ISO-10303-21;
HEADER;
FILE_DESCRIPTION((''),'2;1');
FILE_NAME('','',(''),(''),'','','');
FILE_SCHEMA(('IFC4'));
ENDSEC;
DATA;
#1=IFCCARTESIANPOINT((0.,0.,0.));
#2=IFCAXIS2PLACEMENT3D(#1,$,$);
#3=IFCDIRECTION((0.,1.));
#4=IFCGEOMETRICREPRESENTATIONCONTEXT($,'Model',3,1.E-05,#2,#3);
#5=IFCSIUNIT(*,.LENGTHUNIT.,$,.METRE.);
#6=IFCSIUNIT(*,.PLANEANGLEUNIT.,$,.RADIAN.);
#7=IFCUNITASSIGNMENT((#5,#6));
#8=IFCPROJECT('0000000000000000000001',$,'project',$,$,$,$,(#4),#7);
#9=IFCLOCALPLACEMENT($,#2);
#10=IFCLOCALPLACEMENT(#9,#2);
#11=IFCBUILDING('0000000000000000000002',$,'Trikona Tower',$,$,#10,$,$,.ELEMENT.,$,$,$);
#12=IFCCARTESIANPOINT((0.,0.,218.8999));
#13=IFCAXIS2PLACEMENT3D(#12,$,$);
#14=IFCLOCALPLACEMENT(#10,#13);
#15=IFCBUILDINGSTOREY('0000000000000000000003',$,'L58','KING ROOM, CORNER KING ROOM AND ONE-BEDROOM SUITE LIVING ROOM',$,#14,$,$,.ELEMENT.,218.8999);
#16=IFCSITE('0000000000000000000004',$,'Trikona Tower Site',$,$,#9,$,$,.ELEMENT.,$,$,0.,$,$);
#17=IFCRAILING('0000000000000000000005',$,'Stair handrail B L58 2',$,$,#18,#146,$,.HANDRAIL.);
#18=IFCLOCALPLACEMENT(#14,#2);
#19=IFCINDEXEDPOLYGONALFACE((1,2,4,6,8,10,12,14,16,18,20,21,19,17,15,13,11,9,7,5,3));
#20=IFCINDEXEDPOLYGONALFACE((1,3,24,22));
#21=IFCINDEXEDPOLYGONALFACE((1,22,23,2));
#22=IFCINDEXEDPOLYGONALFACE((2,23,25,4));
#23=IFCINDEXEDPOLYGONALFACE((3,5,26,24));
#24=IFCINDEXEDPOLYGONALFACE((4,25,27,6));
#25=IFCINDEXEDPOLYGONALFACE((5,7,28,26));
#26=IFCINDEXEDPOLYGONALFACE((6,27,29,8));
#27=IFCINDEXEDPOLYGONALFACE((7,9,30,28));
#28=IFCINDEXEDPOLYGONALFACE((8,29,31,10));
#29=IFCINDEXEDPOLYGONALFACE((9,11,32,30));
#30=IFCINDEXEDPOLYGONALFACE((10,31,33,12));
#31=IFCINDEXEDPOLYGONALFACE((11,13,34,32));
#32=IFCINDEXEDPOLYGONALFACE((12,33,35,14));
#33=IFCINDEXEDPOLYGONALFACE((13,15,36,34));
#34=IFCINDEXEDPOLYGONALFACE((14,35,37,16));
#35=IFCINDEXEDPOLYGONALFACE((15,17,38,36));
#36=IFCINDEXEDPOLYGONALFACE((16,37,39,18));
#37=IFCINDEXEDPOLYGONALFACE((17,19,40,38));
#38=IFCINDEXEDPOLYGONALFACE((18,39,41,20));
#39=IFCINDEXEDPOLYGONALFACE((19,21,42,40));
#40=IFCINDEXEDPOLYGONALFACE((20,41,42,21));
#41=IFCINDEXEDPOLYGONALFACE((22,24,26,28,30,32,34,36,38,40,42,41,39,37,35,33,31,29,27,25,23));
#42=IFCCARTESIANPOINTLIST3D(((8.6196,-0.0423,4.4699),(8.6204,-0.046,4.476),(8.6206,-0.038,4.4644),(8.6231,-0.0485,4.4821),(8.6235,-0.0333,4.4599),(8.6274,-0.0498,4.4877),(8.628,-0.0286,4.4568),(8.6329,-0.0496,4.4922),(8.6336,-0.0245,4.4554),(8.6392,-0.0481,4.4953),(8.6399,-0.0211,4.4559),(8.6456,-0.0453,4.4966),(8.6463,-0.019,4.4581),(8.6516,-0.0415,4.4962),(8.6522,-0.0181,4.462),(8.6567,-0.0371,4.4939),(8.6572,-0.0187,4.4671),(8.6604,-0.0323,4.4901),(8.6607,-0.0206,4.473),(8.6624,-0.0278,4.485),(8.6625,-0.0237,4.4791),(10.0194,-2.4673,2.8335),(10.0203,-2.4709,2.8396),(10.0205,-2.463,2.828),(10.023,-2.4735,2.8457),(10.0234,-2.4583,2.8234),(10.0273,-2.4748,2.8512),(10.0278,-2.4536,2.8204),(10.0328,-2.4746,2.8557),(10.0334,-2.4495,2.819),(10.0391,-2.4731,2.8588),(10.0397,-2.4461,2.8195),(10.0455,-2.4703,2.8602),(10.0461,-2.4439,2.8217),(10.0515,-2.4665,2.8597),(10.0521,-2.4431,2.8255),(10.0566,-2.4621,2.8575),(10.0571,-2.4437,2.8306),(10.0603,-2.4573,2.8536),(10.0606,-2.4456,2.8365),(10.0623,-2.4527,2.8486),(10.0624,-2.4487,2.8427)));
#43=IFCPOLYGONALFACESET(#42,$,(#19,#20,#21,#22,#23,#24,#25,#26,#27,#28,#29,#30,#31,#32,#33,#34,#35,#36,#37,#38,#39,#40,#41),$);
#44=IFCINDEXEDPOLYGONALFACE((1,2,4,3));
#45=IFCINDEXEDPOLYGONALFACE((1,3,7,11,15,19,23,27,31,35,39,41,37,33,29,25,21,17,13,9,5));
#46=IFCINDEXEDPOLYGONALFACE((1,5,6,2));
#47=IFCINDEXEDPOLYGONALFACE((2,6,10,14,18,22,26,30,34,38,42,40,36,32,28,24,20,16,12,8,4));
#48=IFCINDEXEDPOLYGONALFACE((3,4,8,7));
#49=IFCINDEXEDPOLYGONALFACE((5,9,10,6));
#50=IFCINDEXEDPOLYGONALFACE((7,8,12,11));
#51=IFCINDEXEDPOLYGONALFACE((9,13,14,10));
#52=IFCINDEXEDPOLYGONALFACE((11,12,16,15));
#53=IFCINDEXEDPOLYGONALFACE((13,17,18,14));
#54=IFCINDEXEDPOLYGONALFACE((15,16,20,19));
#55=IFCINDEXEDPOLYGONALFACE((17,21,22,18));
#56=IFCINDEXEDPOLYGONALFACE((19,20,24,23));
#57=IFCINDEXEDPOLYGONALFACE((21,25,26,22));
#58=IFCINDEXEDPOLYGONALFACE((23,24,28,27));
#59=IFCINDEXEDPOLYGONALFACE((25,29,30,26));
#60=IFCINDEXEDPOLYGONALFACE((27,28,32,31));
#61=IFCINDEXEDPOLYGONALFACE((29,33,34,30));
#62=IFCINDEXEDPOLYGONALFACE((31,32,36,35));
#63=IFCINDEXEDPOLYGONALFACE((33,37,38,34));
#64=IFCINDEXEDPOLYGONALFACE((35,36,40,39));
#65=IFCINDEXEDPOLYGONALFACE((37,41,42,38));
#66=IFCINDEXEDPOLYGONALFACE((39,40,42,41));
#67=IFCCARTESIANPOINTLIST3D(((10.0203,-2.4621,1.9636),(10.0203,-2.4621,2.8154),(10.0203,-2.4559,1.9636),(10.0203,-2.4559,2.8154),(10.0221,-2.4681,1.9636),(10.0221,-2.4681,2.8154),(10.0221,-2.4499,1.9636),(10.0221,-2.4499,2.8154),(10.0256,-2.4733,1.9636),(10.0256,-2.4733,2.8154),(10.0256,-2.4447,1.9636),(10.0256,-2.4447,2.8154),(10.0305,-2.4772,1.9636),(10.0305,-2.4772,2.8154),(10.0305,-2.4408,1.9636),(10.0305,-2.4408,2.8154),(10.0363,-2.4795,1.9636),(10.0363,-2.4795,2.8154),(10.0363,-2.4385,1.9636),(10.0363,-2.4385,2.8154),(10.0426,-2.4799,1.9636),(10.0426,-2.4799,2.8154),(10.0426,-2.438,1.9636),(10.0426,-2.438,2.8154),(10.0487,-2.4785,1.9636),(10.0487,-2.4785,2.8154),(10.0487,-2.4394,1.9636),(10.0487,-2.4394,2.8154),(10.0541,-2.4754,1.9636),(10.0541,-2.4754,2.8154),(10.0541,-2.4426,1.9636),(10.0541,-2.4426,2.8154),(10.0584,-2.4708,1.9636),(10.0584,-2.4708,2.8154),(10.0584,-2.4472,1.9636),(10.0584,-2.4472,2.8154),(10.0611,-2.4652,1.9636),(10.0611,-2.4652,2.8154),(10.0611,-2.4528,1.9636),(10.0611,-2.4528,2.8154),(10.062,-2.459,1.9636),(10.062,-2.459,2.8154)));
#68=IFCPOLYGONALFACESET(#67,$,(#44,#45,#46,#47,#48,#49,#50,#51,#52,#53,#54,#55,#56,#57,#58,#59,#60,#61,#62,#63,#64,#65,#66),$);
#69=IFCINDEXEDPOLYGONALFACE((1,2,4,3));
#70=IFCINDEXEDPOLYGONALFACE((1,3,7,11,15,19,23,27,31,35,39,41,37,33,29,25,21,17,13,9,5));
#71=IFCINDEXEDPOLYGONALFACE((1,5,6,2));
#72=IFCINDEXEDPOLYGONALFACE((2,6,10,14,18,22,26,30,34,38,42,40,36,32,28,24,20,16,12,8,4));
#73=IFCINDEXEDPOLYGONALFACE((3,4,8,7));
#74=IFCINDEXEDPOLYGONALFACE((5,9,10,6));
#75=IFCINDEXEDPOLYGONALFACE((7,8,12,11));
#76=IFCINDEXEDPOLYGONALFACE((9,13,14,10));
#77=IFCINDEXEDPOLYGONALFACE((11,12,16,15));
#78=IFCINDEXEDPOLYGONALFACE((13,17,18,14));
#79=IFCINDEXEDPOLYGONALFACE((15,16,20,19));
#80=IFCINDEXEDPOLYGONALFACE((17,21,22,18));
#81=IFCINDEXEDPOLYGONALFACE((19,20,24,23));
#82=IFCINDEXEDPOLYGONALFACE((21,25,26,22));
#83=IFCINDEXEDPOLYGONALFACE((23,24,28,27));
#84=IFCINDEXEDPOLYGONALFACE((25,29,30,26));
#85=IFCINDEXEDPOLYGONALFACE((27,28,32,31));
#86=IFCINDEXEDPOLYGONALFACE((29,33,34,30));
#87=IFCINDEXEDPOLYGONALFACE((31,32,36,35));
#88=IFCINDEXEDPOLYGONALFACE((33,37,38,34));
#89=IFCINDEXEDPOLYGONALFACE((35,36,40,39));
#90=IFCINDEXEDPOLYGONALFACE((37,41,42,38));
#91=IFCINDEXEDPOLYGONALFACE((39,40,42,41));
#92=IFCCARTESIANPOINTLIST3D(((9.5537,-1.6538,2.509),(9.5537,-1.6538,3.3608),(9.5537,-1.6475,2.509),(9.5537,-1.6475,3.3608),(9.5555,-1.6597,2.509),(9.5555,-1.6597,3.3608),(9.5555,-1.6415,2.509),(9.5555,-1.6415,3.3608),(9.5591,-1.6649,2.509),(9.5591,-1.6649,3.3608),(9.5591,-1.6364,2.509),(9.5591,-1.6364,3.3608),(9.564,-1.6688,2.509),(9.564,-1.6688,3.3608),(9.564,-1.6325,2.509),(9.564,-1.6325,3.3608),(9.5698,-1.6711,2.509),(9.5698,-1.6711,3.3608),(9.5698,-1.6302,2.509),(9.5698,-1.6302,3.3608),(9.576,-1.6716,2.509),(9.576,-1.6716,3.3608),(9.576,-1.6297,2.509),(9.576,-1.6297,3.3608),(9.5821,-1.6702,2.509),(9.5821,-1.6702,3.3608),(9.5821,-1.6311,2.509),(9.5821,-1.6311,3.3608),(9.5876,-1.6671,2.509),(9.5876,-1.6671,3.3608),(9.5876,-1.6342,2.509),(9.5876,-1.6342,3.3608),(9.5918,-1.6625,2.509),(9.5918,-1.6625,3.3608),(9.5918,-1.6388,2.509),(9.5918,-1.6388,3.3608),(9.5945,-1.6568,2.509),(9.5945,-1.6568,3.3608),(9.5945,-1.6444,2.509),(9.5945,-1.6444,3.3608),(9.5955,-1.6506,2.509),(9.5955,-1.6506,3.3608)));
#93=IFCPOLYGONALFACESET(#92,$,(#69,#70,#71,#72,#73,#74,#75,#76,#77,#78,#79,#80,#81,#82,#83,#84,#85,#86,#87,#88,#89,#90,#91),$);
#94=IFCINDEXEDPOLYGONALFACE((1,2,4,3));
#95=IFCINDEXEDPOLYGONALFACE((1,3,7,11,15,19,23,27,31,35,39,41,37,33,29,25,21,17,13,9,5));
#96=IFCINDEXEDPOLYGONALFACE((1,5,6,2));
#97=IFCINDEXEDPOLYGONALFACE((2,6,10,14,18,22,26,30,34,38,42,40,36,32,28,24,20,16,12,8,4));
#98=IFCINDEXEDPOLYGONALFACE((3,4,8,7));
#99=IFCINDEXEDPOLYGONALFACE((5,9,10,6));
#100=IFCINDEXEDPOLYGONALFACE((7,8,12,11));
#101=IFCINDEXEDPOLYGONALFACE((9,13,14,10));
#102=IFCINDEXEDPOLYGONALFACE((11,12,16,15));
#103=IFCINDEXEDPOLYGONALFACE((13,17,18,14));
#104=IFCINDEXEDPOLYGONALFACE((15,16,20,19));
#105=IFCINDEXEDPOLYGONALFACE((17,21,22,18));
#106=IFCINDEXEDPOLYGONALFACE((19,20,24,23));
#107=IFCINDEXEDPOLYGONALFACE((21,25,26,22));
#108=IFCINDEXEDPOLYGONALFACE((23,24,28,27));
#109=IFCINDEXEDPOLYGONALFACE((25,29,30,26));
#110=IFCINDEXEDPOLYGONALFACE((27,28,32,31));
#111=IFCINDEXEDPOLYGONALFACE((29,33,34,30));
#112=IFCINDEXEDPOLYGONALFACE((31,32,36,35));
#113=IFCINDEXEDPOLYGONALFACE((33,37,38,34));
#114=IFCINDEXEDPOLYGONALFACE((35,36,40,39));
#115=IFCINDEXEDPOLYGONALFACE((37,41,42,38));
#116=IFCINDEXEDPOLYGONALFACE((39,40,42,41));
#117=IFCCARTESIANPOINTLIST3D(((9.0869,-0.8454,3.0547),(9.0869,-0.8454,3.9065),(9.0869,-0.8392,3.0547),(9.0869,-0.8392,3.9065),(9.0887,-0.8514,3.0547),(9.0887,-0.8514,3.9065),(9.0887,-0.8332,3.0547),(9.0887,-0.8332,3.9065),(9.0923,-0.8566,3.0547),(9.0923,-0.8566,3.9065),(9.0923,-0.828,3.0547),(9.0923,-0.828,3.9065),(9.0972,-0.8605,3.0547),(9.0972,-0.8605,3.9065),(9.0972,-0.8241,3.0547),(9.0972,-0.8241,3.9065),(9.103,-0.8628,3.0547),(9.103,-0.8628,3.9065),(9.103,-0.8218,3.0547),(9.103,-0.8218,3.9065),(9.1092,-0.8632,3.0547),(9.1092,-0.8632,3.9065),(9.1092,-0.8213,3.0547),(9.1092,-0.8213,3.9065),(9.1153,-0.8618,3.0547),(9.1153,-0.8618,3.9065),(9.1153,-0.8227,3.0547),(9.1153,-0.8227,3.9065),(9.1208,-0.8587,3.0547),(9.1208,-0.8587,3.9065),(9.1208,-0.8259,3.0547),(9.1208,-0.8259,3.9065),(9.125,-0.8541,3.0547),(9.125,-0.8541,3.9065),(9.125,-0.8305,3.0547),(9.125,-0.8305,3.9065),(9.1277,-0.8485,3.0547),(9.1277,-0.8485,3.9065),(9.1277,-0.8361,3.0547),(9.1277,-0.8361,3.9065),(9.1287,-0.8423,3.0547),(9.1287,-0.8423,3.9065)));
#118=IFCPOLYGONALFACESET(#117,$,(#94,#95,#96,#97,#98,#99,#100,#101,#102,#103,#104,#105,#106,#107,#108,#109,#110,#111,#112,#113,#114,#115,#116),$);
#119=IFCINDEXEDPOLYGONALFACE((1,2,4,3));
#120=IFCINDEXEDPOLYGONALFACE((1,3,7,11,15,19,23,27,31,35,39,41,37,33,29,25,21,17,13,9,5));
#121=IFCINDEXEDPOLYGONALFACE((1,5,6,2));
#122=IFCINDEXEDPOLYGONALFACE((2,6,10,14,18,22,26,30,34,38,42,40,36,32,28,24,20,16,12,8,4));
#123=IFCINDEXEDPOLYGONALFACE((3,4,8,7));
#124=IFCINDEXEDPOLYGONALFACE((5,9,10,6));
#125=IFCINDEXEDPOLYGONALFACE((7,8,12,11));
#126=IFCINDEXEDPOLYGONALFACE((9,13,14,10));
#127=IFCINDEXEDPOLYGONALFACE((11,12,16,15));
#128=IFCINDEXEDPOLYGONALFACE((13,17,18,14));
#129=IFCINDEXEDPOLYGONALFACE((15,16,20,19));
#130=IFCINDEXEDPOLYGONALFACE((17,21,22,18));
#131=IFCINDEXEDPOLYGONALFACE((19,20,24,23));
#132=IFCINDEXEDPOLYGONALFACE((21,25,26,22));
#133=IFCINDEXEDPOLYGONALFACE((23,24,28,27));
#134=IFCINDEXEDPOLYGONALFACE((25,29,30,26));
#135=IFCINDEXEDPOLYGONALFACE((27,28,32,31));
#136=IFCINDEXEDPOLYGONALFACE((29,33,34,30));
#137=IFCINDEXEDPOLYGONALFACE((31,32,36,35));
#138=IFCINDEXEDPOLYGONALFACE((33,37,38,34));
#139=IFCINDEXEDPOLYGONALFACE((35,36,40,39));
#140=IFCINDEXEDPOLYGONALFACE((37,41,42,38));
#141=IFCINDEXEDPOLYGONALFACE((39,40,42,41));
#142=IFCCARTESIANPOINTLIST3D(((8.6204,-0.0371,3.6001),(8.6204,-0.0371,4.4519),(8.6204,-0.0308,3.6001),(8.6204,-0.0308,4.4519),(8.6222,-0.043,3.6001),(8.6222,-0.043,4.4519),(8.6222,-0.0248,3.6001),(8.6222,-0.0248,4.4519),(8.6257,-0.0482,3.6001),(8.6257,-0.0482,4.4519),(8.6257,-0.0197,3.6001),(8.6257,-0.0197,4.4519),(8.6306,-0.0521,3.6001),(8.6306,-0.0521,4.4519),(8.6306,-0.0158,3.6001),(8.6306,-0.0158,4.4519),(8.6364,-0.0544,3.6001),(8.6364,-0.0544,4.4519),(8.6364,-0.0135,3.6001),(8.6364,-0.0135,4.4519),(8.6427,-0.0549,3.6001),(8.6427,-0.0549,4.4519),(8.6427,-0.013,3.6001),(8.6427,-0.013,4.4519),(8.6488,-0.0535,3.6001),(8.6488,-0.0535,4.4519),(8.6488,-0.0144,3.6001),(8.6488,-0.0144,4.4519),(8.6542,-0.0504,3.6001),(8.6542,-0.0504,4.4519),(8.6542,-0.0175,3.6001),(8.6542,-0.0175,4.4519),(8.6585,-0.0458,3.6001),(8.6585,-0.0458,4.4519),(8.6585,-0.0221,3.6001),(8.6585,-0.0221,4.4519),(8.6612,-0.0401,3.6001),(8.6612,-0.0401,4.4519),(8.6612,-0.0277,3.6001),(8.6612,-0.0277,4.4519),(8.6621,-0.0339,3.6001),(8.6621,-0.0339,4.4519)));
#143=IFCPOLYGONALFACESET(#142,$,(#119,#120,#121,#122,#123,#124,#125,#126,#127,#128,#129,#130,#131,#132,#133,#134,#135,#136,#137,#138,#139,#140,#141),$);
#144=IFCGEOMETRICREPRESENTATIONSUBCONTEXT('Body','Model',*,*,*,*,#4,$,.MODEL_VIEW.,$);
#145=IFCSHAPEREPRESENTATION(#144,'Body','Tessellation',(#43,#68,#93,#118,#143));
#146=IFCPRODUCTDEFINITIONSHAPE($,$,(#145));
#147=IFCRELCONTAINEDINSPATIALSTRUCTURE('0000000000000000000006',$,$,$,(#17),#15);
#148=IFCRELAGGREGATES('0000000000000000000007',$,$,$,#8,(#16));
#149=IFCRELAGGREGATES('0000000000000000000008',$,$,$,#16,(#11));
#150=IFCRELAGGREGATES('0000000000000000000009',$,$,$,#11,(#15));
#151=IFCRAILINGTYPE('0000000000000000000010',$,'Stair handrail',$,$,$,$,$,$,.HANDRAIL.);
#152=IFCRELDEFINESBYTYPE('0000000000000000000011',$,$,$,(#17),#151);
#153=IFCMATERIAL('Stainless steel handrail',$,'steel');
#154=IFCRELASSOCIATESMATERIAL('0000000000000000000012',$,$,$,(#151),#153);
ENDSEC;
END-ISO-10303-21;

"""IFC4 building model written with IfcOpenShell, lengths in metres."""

from ifc_helpers import new_model, si_unit, direction, frame, origin, origin_2d, place, context, subcontext, project, spatial, circle, extrude, material, type_object, element, save


model = new_model("IFC4")

# Units and contexts
model_context = context("Model", 3, precision=1e-05, world=origin(), true_north=direction((0.0, 1.0)))
body_context = subcontext(model_context, "Body", "Model", "MODEL_VIEW")
ifc_project = project(units=[si_unit("LENGTHUNIT", "METRE"), si_unit("PLANEANGLEUNIT", "RADIAN")], contexts=[model_context])

# Site, building, storey
site_placement = place(None, origin())
site = spatial("IfcSite", under=ifc_project, at=site_placement, Name="Trikona Tower Site", CompositionType="ELEMENT", RefElevation=0.0)
building_placement = place(site_placement, origin())
building = spatial("IfcBuilding", under=site, at=building_placement, Name="Trikona Tower", CompositionType="ELEMENT")
storey_placement = place(building_placement, frame((0.0, 0.0, 218.8999)))
storey = spatial("IfcBuildingStorey", under=building, at=storey_placement, Name="L58", Description="KING ROOM, CORNER KING ROOM AND ONE-BEDROOM SUITE LIVING ROOM", CompositionType="ELEMENT", Elevation=218.8999)

# Railing
ifc_material_1 = material(Name="Stainless steel handrail", Category="steel")
railing_type = type_object("IfcRailingType", Name="Stair handrail", PredefinedType="HANDRAIL", material=ifc_material_1)
railing_placement = place(storey_placement, frame((10.041, -2.459, 1.9636)))
element("IfcRailing", 1, at=railing_placement, inside=storey, type_object=railing_type, Name="Stair handrail B L58 2", PredefinedType="HANDRAIL", context=body_context, shape_type="SweptSolid", body=[
    extrude(circle(Radius=0.0239, at=origin_2d()), frame((0.0, 0.0, 0.876), z_axis=(-0.431636, 0.747723, 0.504579), x_axis=(-0.866056, -0.499946, 0.0)), (0.0, 0.0, 1.0), 3.2432),
    extrude(circle(Radius=0.021, at=origin_2d()), origin(), (0.0, 0.0, 1.0), 0.8518),
    extrude(circle(Radius=0.021, at=origin_2d()), frame((-0.4666, 0.8083, 0.5454)), (0.0, 0.0, 1.0), 0.8518),
    extrude(circle(Radius=0.021, at=origin_2d()), frame((-0.9333, 1.6167, 1.0911)), (0.0, 0.0, 1.0), 0.8518),
    extrude(circle(Radius=0.021, at=origin_2d()), frame((-1.3999, 2.425, 1.6365)), (0.0, 0.0, 1.0), 0.8518),
])

save(model, "model.ifc")
